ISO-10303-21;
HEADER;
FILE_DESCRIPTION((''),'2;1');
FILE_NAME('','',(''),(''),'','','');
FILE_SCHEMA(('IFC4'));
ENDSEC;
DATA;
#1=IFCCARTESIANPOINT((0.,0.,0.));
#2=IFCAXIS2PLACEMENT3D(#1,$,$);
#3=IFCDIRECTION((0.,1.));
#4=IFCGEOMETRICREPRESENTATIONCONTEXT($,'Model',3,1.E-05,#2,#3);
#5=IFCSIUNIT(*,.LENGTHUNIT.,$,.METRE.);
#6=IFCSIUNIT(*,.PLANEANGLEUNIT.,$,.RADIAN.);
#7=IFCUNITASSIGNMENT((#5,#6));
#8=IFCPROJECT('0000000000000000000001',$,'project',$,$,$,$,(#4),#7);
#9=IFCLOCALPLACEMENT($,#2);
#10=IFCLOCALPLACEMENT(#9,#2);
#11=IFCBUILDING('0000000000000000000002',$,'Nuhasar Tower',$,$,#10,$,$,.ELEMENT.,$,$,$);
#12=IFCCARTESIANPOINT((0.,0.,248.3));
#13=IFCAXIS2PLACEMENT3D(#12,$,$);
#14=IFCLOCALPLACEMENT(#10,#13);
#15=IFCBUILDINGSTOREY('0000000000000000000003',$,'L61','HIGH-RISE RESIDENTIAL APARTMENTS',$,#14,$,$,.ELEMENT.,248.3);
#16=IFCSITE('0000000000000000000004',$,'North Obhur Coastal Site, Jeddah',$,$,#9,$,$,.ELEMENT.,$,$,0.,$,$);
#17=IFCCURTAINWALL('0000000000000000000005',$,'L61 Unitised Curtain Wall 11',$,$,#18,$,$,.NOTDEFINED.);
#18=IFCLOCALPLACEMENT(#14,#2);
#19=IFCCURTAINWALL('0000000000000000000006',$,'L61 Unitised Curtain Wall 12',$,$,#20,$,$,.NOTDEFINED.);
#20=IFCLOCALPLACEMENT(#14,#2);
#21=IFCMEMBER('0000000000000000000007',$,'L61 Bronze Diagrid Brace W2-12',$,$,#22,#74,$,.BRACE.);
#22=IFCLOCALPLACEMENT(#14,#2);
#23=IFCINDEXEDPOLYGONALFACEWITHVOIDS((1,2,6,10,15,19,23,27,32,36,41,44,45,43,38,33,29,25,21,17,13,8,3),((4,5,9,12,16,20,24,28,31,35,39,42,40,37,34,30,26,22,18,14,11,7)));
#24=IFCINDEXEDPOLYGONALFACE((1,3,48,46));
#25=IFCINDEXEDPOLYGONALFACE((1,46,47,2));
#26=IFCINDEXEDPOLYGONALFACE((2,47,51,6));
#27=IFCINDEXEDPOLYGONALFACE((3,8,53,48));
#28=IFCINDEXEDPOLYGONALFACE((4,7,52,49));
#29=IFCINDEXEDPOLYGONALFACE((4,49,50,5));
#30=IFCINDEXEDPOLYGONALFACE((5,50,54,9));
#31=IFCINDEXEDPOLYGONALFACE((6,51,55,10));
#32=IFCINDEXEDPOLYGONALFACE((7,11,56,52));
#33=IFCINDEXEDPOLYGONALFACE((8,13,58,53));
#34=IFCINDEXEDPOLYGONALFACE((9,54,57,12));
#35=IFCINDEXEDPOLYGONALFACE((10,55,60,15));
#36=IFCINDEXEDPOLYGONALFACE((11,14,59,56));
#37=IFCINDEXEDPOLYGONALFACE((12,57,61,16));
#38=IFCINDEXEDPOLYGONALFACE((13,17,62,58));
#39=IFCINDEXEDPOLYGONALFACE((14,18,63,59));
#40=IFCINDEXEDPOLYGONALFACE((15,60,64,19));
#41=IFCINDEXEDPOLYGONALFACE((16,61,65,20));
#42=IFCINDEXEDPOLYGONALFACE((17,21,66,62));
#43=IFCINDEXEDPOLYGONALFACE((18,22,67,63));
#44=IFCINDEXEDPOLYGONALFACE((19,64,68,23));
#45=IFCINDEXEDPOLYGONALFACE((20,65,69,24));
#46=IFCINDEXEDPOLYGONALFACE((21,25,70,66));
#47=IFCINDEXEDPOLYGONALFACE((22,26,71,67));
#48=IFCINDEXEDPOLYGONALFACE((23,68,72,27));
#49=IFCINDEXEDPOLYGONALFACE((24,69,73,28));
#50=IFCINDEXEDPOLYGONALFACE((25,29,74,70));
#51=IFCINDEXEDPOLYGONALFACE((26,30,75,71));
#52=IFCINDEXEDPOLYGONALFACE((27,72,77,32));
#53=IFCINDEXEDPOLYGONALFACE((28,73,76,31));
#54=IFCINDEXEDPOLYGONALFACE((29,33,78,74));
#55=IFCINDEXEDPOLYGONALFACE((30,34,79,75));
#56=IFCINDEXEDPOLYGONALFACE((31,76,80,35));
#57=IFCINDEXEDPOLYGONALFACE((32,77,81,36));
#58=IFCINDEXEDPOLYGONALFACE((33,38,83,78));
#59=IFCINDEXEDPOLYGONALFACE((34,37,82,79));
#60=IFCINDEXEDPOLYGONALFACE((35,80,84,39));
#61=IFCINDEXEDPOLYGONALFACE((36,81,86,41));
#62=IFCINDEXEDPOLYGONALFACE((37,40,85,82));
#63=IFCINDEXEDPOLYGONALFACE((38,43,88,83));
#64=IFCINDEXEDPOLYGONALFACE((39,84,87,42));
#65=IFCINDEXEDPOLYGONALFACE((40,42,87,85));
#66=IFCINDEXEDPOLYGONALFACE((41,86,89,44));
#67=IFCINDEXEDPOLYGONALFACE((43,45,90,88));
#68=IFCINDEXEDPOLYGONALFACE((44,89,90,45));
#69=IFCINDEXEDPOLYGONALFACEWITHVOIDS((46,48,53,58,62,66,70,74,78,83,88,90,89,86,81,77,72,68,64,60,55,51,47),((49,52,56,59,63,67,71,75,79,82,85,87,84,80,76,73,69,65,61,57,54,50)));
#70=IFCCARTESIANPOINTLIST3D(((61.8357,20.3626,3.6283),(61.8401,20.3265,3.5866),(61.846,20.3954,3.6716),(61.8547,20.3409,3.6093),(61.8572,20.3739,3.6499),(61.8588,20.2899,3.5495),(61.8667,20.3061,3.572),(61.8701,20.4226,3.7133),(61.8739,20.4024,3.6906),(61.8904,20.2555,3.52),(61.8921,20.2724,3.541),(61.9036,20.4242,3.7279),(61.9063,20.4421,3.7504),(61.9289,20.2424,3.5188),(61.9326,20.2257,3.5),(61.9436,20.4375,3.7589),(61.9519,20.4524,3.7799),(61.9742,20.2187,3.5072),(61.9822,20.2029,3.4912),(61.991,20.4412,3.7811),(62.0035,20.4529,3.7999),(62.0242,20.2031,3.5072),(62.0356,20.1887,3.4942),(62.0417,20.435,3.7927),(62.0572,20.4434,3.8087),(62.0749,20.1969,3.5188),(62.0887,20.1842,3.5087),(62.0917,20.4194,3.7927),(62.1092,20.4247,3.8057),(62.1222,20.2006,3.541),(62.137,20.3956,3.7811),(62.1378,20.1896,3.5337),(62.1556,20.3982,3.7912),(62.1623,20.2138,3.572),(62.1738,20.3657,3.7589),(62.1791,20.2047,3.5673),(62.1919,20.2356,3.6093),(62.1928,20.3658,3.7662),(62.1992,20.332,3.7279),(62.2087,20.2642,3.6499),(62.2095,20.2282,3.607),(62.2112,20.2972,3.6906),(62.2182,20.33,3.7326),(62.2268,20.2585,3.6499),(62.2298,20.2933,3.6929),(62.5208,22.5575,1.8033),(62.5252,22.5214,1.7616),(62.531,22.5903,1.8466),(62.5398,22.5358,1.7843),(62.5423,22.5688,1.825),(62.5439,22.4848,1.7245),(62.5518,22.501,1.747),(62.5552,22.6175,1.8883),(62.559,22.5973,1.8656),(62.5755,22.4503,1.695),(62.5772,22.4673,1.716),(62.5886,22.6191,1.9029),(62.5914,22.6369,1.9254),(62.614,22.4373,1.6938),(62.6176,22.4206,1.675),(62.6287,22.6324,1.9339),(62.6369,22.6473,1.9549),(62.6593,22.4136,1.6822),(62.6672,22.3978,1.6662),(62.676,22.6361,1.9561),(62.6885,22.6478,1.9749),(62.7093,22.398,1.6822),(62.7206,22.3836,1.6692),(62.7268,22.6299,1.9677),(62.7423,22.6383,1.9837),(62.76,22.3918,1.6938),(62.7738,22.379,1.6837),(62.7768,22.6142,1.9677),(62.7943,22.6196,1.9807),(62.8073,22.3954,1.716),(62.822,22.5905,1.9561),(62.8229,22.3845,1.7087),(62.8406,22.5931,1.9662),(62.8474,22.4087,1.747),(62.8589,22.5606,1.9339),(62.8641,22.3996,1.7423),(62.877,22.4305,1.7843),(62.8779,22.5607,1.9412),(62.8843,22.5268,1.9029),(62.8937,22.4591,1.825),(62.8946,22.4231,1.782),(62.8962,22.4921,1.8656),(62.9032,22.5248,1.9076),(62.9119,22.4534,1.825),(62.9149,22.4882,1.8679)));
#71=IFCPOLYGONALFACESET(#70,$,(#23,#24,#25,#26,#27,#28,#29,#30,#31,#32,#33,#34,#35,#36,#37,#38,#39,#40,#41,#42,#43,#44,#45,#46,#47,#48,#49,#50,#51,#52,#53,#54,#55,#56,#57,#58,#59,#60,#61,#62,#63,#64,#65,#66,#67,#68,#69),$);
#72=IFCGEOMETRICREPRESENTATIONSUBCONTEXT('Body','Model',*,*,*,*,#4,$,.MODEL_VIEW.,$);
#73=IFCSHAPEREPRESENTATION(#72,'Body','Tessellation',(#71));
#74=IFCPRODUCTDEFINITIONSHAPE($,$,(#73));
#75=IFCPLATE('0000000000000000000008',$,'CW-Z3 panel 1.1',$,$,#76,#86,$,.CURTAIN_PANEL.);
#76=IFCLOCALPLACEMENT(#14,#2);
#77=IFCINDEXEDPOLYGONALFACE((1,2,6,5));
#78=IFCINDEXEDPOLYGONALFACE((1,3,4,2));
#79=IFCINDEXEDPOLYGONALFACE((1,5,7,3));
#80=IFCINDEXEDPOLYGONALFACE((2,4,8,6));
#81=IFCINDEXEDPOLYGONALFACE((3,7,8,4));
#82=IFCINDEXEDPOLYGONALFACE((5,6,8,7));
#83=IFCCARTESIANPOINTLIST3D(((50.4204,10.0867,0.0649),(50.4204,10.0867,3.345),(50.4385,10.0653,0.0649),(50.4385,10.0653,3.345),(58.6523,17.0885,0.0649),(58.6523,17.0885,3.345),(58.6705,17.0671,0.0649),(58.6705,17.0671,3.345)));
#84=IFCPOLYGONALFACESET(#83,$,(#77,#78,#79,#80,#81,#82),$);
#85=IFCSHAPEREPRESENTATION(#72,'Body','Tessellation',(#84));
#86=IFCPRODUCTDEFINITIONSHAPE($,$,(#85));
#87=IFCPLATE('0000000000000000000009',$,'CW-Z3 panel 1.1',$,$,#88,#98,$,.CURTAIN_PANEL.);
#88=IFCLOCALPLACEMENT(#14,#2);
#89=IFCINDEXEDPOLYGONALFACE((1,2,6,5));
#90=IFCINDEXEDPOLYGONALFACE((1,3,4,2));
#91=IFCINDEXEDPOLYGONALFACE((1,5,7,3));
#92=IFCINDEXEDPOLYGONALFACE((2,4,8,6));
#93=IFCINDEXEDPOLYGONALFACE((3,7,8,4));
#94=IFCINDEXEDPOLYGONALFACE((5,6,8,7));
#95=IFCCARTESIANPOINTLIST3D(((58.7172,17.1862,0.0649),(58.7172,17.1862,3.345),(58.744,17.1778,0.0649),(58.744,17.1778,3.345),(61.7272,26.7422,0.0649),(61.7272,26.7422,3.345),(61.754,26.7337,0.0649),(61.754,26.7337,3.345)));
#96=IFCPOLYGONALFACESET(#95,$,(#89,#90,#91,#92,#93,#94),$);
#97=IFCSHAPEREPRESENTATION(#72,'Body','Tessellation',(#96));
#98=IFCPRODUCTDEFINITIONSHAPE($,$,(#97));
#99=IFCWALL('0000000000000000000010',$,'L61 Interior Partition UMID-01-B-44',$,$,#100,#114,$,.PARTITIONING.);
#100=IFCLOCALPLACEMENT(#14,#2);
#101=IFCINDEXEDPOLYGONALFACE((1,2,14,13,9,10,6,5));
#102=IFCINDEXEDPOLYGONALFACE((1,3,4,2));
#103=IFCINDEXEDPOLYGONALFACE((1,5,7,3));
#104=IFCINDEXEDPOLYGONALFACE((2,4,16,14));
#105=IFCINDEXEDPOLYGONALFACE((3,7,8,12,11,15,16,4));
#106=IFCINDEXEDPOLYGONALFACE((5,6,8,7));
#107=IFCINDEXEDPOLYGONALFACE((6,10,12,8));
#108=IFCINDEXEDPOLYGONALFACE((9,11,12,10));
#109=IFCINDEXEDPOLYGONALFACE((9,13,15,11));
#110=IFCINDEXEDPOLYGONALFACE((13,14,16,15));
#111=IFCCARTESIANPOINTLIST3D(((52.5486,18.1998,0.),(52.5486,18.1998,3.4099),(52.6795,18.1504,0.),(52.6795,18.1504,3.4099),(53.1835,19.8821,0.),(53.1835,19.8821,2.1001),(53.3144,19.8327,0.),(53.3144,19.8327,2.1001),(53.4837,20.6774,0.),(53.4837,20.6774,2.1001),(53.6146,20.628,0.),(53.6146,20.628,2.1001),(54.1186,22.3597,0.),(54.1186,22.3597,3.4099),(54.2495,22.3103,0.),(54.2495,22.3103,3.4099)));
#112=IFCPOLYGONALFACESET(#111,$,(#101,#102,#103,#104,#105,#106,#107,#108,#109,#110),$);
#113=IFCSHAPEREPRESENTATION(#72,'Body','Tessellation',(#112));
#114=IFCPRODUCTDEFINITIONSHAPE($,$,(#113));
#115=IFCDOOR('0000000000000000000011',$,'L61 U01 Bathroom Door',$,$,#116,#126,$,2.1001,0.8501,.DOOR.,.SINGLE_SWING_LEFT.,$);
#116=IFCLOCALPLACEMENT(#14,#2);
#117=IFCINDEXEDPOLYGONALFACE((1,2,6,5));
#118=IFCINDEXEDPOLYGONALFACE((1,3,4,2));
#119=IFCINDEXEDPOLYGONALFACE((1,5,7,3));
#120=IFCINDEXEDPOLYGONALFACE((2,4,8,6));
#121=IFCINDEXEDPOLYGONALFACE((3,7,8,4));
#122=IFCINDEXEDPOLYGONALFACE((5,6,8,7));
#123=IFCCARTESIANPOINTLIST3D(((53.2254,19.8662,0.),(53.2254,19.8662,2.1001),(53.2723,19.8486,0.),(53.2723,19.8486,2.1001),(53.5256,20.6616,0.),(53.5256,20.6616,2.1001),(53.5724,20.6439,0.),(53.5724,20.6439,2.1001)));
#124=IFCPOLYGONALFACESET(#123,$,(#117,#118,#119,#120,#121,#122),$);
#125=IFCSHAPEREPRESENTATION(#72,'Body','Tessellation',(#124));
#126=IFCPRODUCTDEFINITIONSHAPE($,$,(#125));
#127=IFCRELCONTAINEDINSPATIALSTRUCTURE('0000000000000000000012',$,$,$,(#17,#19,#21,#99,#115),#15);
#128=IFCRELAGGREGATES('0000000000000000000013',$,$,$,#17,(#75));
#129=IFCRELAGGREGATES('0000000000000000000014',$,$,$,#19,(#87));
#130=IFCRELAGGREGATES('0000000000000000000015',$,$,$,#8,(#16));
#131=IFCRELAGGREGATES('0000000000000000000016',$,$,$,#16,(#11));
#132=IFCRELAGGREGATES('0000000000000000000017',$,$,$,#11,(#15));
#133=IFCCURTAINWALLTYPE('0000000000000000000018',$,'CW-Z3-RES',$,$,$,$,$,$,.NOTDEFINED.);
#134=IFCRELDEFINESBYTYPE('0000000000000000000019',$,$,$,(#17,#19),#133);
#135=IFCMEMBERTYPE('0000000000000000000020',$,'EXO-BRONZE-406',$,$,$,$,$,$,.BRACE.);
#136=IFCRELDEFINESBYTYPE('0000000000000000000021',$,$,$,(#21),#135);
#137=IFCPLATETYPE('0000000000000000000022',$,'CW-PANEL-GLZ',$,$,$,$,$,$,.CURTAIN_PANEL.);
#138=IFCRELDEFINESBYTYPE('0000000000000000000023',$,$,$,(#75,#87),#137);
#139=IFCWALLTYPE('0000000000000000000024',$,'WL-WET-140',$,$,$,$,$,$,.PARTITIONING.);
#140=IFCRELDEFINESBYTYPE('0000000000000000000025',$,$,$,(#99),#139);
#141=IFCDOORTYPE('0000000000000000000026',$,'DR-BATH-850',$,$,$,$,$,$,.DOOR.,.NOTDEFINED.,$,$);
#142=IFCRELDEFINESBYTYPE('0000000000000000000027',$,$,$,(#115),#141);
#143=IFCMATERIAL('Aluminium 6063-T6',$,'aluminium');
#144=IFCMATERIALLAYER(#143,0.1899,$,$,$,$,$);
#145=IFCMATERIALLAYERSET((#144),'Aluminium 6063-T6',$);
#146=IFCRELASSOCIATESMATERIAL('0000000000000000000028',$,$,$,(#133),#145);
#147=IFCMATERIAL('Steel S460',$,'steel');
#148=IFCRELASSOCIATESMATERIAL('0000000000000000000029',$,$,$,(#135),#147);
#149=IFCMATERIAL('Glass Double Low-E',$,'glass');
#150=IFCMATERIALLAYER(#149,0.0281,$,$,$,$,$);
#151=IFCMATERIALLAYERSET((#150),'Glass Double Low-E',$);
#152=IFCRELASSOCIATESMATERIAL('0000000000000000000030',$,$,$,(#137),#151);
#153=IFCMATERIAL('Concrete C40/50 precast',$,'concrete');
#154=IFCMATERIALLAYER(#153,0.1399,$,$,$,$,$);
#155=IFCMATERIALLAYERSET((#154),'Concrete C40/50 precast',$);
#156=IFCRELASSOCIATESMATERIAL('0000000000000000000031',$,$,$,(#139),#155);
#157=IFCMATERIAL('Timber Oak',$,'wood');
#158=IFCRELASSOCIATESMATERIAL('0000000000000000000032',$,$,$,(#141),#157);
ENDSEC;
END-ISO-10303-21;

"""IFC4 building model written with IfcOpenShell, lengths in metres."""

from ifc_helpers import new_model, si_unit, direction, frame, frame_2d, origin, origin_2d, place, context, subcontext, project, spatial, rectangle, hollow_circle, extrude, material, layer, layer_set, material_profile, profile_set, type_object, element, fill, aggregate, save


model = new_model("IFC4")

# Units and contexts
model_context = context("Model", 3, precision=1e-05, world=origin(), true_north=direction((0.0, 1.0)))
body_context = subcontext(model_context, "Body", "Model", "MODEL_VIEW")
ifc_project = project(units=[si_unit("LENGTHUNIT", "METRE"), si_unit("PLANEANGLEUNIT", "RADIAN")], contexts=[model_context])

# Site, building, storey
site_placement = place(None, origin())
site = spatial("IfcSite", under=ifc_project, at=site_placement, Name="North Obhur Coastal Site, Jeddah", CompositionType="ELEMENT", RefElevation=0.0)
building_placement = place(site_placement, origin())
building = spatial("IfcBuilding", under=site, at=building_placement, Name="Nuhasar Tower", CompositionType="ELEMENT")
storey_placement = place(building_placement, frame((0.0, 0.0, 248.3)))
storey = spatial("IfcBuildingStorey", under=building, at=storey_placement, Name="L61", Description="HIGH-RISE RESIDENTIAL APARTMENTS", CompositionType="ELEMENT", Elevation=248.3)

# Curtain wall
ifc_material_1 = material(Name="Aluminium 6063-T6", Category="aluminium")
ifc_layer_1 = layer(ifc_material_1, 0.1899)
ifc_layer_set_1 = layer_set([ifc_layer_1], Name="Aluminium 6063-T6")
curtain_wall_type = type_object("IfcCurtainWallType", Name="CW-Z3-RES", PredefinedType="NOTDEFINED", material=ifc_layer_set_1)
curtain_wall_1_placement = place(storey_placement, origin())
curtain_wall_1 = element("IfcCurtainWall", 1, at=curtain_wall_1_placement, inside=storey, type_object=curtain_wall_type, Name="L61 Unitised Curtain Wall 11", PredefinedType="NOTDEFINED")

# Curtain wall
curtain_wall_2_placement = place(storey_placement, origin())
curtain_wall_2 = element("IfcCurtainWall", 2, at=curtain_wall_2_placement, inside=storey, type_object=curtain_wall_type, Name="L61 Unitised Curtain Wall 12", PredefinedType="NOTDEFINED")

# Member
ifc_material_2 = material(Name="Steel S460", Category="steel")
ifc_material_profile_1 = material_profile(ifc_material_2, hollow_circle(Radius=0.2031, WallThickness=0.019, at=origin_2d()), Name="HSS406.4X19.1")
ifc_profile_set_1 = profile_set([ifc_material_profile_1], Name="Steel S460")
member_type_1 = type_object("IfcMemberType", Name="EXO-BRONZE-406", PredefinedType="BRACE", material=ifc_profile_set_1)
for number, where, z_axis, x_axis, name in (
    (3, (62.718, 22.5139, 1.825), (-0.233372, -0.74769, 0.621689), (0.954582, -0.297948, 0.0), "L61 Bronze Diagrid Brace W2-12"),
):
    element("IfcMember", number, at=place(storey_placement, frame(where, z_axis=z_axis, x_axis=x_axis)), inside=storey, type_object=member_type_1, Name=name, PredefinedType="BRACE", context=body_context, shape_type="SweptSolid", body=[
        extrude(hollow_circle(Radius=0.2031, WallThickness=0.019, at=origin_2d()), origin(), (0.0, 0.0, 1.0), 2.9355),
    ])

# Plates
ifc_material_3 = material(Name="Glass Double Low-E", Category="glass")
ifc_layer_2 = layer(ifc_material_3, 0.0281)
ifc_layer_set_2 = layer_set([ifc_layer_2], Name="Glass Double Low-E")
plate_type = type_object("IfcPlateType", Name="CW-PANEL-GLZ", PredefinedType="CURTAIN_PANEL", material=ifc_layer_set_2)
plate_1_placement = place(storey_placement, frame((54.5454, 13.5769, 0.0649), z_axis=(0.0, 0.0, 1.0), x_axis=(0.761729, 0.647895, 0.0)))
plate_1 = element("IfcPlate", 4, at=plate_1_placement, type_object=plate_type, Name="CW-Z3 panel 1.1", PredefinedType="CURTAIN_PANEL", context=body_context, shape_type="SweptSolid", body=[
    extrude(rectangle(XDim=10.8069, YDim=0.0281, at=origin_2d()), origin(), (0.0, 0.0, 1.0), 3.28),
])
aggregate(curtain_wall_1, [plate_1])
plate_2_placement = place(storey_placement, frame((60.2356, 21.96, 0.0649), z_axis=(0.0, 0.0, 1.0), x_axis=(0.300429, 0.953804, 0.0)))
plate_2 = element("IfcPlate", 5, at=plate_2_placement, type_object=plate_type, Name="CW-Z3 panel 1.1", PredefinedType="CURTAIN_PANEL", context=body_context, shape_type="SweptSolid", body=[
    extrude(rectangle(XDim=10.0188, YDim=0.0281, at=origin_2d()), origin(), (0.0, 0.0, 1.0), 3.28),
])
aggregate(curtain_wall_2, [plate_2])

# Wall, opening, door
ifc_material_4 = material(Name="Concrete C40/50 precast", Category="concrete")
ifc_layer_3 = layer(ifc_material_4, 0.1399)
ifc_layer_set_3 = layer_set([ifc_layer_3], Name="Concrete C40/50 precast")
wall_type = type_object("IfcWallType", Name="WL-WET-140", PredefinedType="PARTITIONING", material=ifc_layer_set_3)
wall_placement = place(storey_placement, frame((54.1841, 22.335, 0.0), z_axis=(0.0, 0.0, 1.0), x_axis=(-0.353114, -0.93558, 0.0)))
wall = element("IfcWall", 6, at=wall_placement, inside=storey, type_object=wall_type, Name="L61 Interior Partition UMID-01-B-44", PredefinedType="PARTITIONING", context=body_context, shape_type="SweptSolid", body=[
    extrude(rectangle(XDim=4.4463, YDim=0.1399, at=frame_2d((2.2231, 0.0))), origin(), (0.0, 0.0, 1.0), 3.4099),
])
opening_placement = place(wall_placement, frame((1.7981, 0.0, 0.0)))
opening = element("IfcOpeningElement", 7, at=opening_placement, cuts=wall, PredefinedType="OPENING", context=body_context, shape_type="SweptSolid", body=[
    extrude(rectangle(XDim=0.8501, YDim=2.1001, at=frame_2d((0.425, 1.05))), frame((0.0, 0.0801, 0.0), z_axis=(0.0, -1.0, 0.0), x_axis=(1.0, 0.0, 0.0)), (0.0, 0.0, 1.0), 0.1599),
])
ifc_material_5 = material(Name="Timber Oak", Category="wood")
door_type = type_object("IfcDoorType", Name="DR-BATH-850", OperationType="NOTDEFINED", PredefinedType="DOOR", material=ifc_material_5)
door_placement = place(opening_placement, origin())
door = element("IfcDoor", 8, at=door_placement, inside=storey, type_object=door_type, Name="L61 U01 Bathroom Door", OperationType="SINGLE_SWING_LEFT", OverallHeight=2.1001, OverallWidth=0.8501, PredefinedType="DOOR", context=body_context, shape_type="SweptSolid", body=[
    extrude(rectangle(XDim=0.8501, YDim=2.1001, at=frame_2d((0.425, 1.05))), frame((0.0, 0.0249, 0.0), z_axis=(0.0, -1.0, 0.0), x_axis=(1.0, 0.0, 0.0)), (0.0, 0.0, 1.0), 0.05),
])
fill(opening, door)

save(model, "model.ifc")
